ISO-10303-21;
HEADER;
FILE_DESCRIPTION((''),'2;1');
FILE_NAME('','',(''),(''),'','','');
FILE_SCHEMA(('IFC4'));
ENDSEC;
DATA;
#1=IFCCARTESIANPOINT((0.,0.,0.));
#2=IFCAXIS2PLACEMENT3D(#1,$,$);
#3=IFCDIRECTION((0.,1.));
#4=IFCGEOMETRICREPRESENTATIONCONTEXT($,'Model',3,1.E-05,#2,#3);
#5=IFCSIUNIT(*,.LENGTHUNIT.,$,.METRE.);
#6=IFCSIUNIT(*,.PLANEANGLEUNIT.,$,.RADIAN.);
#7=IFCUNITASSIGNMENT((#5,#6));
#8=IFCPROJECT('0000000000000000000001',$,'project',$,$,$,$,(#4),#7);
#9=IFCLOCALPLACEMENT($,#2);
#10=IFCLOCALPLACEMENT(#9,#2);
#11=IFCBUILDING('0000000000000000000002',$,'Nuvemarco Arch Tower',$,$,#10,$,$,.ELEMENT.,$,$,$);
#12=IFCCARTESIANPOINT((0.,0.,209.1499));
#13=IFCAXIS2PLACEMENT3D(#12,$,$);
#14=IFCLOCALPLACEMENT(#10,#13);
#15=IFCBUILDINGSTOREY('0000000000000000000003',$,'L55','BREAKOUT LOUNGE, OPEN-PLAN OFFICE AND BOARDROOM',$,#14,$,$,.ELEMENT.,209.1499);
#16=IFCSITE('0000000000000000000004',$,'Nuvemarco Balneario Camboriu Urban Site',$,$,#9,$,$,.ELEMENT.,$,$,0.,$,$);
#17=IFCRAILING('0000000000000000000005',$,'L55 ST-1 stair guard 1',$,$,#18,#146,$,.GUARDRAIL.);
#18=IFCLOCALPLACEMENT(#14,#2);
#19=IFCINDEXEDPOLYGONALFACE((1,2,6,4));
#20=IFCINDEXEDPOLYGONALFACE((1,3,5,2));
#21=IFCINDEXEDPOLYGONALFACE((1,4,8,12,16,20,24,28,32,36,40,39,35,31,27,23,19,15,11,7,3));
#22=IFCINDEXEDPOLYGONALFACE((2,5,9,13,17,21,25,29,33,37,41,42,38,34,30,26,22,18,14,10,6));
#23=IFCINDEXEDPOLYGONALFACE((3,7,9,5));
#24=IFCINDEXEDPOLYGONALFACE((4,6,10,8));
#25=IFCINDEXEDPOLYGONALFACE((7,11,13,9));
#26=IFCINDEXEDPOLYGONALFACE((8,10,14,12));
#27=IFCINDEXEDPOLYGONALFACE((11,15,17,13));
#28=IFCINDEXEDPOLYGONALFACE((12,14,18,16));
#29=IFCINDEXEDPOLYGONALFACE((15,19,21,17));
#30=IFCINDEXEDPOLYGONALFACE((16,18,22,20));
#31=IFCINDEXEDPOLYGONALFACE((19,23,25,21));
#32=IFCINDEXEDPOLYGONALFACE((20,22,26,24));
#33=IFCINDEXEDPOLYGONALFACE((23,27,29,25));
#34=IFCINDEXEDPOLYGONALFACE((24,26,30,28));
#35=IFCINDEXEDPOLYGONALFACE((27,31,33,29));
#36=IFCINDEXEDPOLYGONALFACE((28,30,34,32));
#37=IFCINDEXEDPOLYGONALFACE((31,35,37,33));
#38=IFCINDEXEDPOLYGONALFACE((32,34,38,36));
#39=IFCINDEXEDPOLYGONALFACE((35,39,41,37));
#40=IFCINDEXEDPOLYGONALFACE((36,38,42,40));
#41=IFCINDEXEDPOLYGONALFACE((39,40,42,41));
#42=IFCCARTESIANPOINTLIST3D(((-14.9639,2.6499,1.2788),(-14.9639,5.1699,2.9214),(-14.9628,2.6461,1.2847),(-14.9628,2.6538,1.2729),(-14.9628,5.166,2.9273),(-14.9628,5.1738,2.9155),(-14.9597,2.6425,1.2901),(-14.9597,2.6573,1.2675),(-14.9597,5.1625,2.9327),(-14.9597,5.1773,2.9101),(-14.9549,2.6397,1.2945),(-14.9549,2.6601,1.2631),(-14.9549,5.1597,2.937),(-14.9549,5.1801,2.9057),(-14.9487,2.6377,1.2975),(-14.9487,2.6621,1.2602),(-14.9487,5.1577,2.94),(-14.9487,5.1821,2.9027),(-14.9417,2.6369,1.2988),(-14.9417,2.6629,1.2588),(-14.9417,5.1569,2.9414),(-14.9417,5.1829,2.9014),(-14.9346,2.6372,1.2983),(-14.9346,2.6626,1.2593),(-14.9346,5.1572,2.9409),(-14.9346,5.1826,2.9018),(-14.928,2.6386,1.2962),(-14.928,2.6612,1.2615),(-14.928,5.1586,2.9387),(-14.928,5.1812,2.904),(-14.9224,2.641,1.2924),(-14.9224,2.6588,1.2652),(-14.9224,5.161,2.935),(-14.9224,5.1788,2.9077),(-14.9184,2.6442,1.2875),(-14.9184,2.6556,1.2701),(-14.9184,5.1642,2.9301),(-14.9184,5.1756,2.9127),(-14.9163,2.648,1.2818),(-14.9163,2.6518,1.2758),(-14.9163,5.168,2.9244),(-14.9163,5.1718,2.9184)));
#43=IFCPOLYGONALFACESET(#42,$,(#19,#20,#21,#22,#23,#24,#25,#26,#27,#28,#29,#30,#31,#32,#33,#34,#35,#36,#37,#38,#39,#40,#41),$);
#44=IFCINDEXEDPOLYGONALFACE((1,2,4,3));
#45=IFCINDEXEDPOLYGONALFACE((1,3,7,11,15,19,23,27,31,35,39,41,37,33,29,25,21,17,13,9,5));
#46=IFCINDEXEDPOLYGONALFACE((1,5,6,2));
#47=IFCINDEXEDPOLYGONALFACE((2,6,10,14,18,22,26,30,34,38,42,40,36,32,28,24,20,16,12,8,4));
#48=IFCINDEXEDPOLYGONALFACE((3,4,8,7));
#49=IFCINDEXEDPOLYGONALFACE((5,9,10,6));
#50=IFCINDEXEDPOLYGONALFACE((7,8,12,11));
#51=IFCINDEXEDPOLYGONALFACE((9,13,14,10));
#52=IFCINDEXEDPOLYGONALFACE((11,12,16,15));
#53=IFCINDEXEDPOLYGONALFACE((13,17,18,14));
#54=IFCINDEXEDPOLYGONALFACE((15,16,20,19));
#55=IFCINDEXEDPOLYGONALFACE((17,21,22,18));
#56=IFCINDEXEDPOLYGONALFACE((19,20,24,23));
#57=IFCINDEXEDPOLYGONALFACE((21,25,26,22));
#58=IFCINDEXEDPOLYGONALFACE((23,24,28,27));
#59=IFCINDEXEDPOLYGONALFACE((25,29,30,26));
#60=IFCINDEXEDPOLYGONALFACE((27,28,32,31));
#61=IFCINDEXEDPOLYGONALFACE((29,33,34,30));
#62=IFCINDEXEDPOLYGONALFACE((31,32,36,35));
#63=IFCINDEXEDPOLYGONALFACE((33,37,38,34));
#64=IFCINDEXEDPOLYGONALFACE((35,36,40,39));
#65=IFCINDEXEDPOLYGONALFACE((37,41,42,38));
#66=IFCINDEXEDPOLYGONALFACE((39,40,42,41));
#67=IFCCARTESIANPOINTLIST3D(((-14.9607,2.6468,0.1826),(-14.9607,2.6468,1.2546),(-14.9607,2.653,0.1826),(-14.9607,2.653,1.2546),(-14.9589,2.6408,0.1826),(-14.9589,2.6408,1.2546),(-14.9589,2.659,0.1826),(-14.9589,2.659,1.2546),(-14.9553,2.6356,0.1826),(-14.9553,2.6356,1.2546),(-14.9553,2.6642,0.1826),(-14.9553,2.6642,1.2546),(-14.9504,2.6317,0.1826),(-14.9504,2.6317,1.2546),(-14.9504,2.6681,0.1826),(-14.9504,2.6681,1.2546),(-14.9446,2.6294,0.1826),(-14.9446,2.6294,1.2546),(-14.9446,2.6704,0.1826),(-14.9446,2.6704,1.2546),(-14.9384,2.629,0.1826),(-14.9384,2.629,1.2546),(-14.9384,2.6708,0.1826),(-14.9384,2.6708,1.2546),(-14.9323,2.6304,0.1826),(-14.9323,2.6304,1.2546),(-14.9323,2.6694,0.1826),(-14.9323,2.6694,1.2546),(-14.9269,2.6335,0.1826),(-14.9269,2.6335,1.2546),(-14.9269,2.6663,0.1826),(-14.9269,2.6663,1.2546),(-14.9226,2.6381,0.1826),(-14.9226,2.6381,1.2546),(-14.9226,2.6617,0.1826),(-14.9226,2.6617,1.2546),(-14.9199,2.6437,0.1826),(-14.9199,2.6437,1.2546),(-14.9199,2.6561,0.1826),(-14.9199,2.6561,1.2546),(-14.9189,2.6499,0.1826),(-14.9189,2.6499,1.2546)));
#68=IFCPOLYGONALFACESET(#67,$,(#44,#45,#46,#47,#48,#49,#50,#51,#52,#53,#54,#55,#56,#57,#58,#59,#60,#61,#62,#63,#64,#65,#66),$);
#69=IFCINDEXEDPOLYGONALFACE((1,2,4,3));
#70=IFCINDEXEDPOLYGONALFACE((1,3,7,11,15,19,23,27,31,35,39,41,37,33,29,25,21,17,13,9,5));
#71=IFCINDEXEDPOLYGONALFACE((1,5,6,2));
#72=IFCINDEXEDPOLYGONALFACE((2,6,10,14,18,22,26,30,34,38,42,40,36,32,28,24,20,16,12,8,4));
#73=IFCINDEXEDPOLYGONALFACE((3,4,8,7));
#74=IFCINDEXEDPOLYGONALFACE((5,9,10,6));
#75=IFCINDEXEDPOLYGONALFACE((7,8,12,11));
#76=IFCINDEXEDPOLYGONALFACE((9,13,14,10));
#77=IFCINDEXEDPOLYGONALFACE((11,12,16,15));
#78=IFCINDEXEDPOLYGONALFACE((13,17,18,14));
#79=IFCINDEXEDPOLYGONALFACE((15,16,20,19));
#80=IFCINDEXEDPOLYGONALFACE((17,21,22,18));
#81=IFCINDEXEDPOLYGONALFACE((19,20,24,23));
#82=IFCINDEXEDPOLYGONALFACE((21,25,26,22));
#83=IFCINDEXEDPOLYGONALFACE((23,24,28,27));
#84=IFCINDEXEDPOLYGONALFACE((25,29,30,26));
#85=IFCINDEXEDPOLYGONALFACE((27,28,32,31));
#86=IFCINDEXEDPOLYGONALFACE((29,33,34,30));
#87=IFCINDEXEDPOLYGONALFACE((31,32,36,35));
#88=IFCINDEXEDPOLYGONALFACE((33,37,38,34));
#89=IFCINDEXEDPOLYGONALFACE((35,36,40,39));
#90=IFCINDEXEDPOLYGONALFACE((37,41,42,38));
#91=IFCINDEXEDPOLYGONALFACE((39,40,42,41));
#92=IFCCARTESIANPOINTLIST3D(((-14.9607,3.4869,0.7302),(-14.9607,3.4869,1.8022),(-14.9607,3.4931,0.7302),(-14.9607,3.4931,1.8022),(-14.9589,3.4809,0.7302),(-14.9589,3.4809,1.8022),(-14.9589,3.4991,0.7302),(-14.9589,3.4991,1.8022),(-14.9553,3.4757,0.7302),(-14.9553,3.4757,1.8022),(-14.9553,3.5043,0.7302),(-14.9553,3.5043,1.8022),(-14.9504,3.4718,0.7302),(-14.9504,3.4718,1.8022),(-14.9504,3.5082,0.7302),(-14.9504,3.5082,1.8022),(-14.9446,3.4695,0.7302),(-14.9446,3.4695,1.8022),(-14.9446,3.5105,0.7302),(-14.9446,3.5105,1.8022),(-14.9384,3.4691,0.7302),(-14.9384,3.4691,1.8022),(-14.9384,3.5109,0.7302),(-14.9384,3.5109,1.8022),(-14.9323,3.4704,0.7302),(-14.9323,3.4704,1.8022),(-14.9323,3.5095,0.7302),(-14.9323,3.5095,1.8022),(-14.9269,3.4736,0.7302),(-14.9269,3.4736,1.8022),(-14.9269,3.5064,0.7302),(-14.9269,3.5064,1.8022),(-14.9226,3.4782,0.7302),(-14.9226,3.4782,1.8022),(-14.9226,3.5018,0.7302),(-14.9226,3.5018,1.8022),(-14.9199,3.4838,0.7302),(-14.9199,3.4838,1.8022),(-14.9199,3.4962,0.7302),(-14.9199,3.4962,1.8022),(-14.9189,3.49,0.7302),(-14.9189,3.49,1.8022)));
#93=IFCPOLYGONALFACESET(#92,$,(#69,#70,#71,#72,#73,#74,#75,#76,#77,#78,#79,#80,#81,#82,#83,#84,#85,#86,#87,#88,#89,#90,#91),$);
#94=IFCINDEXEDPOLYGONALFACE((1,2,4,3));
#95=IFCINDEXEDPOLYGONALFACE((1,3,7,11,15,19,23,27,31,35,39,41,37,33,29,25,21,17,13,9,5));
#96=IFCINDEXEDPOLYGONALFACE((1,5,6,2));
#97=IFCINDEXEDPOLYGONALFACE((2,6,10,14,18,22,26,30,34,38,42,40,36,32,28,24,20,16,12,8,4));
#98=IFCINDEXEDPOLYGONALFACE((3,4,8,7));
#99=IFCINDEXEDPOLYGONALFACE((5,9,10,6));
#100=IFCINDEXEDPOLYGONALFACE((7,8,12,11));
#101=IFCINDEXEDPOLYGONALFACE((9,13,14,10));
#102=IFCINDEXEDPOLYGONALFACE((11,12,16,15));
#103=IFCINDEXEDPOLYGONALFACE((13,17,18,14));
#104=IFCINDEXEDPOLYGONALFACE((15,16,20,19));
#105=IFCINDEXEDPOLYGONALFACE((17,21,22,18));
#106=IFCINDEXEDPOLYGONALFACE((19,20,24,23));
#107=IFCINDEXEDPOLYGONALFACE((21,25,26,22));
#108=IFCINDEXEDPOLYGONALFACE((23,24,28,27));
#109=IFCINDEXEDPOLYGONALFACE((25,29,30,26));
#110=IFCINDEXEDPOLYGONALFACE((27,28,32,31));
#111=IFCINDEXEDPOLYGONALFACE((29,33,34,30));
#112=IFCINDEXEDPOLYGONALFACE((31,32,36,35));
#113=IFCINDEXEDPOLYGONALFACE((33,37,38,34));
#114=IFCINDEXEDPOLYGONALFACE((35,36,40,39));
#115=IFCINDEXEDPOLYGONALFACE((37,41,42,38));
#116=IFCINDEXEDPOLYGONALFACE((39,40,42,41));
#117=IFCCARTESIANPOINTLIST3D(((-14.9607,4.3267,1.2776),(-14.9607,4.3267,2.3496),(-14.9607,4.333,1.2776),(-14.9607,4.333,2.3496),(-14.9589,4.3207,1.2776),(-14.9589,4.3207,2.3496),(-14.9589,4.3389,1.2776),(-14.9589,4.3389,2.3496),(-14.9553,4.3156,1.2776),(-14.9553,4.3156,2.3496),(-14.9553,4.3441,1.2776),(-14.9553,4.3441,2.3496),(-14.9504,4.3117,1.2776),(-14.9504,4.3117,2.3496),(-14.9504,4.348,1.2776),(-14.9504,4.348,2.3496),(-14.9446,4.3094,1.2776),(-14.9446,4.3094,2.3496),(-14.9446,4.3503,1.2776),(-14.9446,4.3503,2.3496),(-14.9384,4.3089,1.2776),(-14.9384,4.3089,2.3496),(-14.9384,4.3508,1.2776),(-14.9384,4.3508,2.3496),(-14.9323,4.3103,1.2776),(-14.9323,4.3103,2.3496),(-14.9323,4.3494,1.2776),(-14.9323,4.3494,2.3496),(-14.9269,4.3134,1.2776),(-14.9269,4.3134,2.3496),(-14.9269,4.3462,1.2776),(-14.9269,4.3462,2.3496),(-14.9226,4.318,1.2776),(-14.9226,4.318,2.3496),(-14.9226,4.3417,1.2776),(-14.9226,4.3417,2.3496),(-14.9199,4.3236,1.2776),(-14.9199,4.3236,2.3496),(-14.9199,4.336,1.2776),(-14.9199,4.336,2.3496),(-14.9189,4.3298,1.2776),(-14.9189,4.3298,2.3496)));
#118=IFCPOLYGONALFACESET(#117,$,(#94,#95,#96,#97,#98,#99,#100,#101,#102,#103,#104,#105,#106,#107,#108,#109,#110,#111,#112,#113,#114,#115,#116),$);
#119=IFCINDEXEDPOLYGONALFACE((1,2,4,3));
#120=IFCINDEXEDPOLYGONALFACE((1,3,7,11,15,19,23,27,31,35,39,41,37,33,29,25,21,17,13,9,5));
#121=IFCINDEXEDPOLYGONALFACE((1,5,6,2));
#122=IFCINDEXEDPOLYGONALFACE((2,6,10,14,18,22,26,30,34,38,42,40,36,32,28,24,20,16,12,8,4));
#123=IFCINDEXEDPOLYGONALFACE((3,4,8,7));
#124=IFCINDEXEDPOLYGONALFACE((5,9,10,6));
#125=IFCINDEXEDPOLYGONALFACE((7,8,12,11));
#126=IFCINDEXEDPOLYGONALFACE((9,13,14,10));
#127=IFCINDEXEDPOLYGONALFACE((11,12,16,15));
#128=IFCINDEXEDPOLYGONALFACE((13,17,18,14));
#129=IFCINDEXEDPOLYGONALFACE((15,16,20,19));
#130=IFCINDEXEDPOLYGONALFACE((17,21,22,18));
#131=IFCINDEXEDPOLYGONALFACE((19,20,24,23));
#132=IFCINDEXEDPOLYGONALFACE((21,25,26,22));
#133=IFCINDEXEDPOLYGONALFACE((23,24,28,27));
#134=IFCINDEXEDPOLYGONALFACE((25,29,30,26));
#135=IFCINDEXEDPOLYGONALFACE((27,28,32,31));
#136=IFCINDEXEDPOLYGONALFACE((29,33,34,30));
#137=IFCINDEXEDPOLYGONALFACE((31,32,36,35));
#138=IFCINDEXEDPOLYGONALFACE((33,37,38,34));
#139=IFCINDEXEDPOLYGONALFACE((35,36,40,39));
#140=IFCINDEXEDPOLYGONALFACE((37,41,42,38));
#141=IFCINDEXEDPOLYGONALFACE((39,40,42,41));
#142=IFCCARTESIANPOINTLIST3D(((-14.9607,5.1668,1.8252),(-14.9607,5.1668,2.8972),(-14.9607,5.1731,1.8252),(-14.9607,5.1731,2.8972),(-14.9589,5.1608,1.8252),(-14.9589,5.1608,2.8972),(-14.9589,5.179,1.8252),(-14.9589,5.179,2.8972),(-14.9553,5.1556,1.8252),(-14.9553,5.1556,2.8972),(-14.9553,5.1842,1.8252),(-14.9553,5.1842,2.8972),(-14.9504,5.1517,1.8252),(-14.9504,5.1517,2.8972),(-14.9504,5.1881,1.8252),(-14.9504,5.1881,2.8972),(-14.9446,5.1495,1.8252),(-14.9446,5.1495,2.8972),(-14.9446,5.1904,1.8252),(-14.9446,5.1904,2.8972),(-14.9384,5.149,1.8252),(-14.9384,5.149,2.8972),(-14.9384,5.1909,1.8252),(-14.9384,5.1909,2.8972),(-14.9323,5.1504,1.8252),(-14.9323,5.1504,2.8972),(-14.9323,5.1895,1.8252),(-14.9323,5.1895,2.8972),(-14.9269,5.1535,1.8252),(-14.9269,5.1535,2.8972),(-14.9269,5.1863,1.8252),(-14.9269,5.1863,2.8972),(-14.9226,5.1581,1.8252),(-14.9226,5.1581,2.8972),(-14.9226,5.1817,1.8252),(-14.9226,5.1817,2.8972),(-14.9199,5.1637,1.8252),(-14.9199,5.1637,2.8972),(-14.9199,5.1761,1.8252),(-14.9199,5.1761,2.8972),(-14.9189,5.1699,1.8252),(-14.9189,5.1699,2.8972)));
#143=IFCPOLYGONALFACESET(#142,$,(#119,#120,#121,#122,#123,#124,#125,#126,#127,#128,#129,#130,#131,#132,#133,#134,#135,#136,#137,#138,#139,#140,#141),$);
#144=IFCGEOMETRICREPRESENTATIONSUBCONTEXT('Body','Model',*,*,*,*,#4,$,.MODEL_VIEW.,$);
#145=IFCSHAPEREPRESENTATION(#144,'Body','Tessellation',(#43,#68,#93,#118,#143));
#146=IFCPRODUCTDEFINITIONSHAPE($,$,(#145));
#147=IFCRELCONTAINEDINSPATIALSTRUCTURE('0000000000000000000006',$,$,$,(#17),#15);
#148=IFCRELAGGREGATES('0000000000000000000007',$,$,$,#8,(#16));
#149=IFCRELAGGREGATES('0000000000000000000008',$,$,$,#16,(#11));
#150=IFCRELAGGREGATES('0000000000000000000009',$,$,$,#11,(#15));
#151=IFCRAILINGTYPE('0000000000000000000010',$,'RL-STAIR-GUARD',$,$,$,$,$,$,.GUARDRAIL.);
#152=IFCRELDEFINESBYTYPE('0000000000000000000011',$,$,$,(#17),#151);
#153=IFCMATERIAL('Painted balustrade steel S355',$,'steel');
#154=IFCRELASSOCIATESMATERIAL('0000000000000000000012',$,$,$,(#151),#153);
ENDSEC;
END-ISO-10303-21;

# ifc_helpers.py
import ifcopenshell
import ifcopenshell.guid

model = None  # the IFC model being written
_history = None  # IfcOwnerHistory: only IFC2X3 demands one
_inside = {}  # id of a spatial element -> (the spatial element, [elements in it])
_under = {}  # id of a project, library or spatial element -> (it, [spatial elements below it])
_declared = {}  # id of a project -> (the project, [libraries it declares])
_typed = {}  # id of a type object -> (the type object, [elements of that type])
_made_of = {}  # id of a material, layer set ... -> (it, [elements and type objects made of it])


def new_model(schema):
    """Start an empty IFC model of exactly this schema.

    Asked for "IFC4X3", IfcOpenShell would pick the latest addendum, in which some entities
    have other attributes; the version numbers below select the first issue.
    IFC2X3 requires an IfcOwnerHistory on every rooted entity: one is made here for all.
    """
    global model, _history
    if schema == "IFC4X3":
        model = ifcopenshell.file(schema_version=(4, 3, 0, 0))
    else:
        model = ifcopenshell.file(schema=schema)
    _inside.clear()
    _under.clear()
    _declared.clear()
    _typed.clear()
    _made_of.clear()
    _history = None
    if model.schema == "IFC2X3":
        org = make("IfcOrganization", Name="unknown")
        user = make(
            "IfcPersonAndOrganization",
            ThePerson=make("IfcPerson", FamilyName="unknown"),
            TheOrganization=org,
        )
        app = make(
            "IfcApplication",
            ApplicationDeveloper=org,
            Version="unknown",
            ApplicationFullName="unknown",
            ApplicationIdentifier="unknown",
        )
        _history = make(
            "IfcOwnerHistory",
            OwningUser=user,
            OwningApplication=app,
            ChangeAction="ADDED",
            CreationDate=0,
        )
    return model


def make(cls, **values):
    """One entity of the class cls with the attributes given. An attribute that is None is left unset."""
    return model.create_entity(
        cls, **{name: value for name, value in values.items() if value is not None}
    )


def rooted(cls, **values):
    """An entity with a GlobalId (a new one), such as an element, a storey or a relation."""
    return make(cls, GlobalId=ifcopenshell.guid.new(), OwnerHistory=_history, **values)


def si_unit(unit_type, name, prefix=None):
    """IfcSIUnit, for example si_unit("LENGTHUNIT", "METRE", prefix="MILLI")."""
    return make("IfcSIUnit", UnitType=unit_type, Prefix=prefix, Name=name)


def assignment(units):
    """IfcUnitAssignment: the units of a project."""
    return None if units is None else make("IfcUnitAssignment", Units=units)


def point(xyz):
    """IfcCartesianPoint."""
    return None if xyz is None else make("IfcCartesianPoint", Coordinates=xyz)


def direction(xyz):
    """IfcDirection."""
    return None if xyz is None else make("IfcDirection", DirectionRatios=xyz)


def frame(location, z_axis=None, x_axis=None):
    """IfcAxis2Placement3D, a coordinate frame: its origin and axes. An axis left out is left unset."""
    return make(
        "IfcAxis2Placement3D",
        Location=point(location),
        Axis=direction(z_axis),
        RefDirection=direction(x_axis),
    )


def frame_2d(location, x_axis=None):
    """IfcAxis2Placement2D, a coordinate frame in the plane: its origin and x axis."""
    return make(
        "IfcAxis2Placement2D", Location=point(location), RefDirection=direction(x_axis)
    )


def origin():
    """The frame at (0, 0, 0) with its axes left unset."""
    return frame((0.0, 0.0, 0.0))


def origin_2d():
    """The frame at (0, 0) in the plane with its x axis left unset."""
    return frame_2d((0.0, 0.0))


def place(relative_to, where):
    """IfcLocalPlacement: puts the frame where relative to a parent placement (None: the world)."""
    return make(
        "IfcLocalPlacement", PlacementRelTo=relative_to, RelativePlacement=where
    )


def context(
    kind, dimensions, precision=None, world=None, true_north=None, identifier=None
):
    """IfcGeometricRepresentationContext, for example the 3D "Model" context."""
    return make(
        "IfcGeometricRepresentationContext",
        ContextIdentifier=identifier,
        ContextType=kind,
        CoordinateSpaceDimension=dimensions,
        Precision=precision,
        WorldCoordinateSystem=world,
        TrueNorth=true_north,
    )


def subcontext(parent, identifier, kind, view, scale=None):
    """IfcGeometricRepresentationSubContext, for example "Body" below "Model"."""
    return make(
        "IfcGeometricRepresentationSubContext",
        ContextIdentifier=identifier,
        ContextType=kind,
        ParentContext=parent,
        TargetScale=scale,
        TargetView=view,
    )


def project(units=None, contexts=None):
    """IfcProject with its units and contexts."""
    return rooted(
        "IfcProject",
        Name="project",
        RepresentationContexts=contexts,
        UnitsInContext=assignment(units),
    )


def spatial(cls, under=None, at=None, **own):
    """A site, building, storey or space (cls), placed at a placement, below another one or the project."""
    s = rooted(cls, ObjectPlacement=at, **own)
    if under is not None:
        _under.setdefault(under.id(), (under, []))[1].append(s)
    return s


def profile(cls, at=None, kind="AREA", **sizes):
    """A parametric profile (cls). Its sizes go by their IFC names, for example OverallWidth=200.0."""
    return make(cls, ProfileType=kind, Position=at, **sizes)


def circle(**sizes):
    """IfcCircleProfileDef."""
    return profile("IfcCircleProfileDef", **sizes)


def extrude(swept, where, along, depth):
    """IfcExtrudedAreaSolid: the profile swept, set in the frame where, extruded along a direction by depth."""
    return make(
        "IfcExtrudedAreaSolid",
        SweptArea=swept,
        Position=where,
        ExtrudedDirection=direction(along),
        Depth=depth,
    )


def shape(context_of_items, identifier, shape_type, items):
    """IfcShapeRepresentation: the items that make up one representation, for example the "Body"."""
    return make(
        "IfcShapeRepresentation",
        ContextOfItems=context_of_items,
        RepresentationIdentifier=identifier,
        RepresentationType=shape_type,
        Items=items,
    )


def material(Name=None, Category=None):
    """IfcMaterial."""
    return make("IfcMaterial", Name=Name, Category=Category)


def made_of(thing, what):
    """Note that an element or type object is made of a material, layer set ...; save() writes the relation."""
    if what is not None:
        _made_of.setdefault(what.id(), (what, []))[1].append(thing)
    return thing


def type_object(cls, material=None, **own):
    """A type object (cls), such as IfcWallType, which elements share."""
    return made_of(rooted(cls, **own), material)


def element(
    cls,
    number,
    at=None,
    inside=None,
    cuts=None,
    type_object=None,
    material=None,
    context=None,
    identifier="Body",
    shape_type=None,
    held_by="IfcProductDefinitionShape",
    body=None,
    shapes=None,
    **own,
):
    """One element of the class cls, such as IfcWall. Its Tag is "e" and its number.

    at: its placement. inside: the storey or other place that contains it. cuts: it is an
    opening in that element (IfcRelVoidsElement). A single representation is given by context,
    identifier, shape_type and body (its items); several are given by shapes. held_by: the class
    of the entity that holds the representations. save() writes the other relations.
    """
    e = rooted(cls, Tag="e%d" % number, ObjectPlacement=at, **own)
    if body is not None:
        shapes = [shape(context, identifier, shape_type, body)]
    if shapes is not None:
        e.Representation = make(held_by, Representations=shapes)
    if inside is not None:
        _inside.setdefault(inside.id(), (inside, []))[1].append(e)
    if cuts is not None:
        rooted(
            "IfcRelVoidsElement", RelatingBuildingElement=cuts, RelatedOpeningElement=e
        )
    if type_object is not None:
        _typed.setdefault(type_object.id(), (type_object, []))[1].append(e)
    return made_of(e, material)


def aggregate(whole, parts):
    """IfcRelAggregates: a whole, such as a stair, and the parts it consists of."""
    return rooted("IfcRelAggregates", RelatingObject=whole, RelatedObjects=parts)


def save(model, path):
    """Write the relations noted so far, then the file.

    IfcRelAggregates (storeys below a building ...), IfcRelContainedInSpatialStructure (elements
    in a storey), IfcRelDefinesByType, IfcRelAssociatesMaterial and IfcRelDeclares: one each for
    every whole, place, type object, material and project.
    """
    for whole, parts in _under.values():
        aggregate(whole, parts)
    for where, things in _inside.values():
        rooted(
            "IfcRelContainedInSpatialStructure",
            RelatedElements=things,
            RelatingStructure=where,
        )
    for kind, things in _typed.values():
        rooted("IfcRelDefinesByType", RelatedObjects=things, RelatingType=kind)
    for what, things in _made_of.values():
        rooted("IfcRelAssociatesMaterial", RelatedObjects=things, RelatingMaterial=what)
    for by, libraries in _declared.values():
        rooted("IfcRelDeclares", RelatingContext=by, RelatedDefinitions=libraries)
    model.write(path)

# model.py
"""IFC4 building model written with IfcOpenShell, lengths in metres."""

from ifc_helpers import new_model, si_unit, direction, frame, origin, origin_2d, place, context, subcontext, project, spatial, circle, extrude, material, type_object, element, save


model = new_model("IFC4")

# Units and contexts
model_context = context("Model", 3, precision=1e-05, world=origin(), true_north=direction((0.0, 1.0)))
body_context = subcontext(model_context, "Body", "Model", "MODEL_VIEW")
ifc_project = project(units=[si_unit("LENGTHUNIT", "METRE"), si_unit("PLANEANGLEUNIT", "RADIAN")], contexts=[model_context])

# Site, building, storey
site_placement = place(None, origin())
site = spatial("IfcSite", under=ifc_project, at=site_placement, Name="Nuvemarco Balneario Camboriu Urban Site", CompositionType="ELEMENT", RefElevation=0.0)
building_placement = place(site_placement, origin())
building = spatial("IfcBuilding", under=site, at=building_placement, Name="Nuvemarco Arch Tower", CompositionType="ELEMENT")
storey_placement = place(building_placement, frame((0.0, 0.0, 209.1499)))
storey = spatial("IfcBuildingStorey", under=building, at=storey_placement, Name="L55", Description="BREAKOUT LOUNGE, OPEN-PLAN OFFICE AND BOARDROOM", CompositionType="ELEMENT", Elevation=209.1499)

# Railing
ifc_material_1 = material(Name="Painted balustrade steel S355", Category="steel")
railing_type_1 = type_object("IfcRailingType", Name="RL-STAIR-GUARD", PredefinedType="GUARDRAIL", material=ifc_material_1)
railing_1_placement = place(storey_placement, frame((-14.9399, 2.6499, 0.1826)))
element("IfcRailing", 1, at=railing_1_placement, inside=storey, type_object=railing_type_1, Name="L55 ST-1 stair guard 1", PredefinedType="GUARDRAIL", context=body_context, shape_type="SweptSolid", body=[
    extrude(circle(Radius=0.0239, at=origin_2d()), frame((0.0, 0.0, 1.0962), z_axis=(0.0, 0.837749, 0.546055), x_axis=(-1.0, 0.0, 0.0)), (0.0, 0.0, 1.0), 3.0081),
    extrude(circle(Radius=0.021, at=origin_2d()), origin(), (0.0, 0.0, 1.0), 1.072),
    extrude(circle(Radius=0.021, at=origin_2d()), frame((0.0, 0.8401, 0.5476)), (0.0, 0.0, 1.0), 1.072),
    extrude(circle(Radius=0.021, at=origin_2d()), frame((0.0, 1.6799, 1.095)), (0.0, 0.0, 1.0), 1.072),
    extrude(circle(Radius=0.021, at=origin_2d()), frame((0.0, 2.52, 1.6426)), (0.0, 0.0, 1.0), 1.072),
])

save(model, "model.ifc")
